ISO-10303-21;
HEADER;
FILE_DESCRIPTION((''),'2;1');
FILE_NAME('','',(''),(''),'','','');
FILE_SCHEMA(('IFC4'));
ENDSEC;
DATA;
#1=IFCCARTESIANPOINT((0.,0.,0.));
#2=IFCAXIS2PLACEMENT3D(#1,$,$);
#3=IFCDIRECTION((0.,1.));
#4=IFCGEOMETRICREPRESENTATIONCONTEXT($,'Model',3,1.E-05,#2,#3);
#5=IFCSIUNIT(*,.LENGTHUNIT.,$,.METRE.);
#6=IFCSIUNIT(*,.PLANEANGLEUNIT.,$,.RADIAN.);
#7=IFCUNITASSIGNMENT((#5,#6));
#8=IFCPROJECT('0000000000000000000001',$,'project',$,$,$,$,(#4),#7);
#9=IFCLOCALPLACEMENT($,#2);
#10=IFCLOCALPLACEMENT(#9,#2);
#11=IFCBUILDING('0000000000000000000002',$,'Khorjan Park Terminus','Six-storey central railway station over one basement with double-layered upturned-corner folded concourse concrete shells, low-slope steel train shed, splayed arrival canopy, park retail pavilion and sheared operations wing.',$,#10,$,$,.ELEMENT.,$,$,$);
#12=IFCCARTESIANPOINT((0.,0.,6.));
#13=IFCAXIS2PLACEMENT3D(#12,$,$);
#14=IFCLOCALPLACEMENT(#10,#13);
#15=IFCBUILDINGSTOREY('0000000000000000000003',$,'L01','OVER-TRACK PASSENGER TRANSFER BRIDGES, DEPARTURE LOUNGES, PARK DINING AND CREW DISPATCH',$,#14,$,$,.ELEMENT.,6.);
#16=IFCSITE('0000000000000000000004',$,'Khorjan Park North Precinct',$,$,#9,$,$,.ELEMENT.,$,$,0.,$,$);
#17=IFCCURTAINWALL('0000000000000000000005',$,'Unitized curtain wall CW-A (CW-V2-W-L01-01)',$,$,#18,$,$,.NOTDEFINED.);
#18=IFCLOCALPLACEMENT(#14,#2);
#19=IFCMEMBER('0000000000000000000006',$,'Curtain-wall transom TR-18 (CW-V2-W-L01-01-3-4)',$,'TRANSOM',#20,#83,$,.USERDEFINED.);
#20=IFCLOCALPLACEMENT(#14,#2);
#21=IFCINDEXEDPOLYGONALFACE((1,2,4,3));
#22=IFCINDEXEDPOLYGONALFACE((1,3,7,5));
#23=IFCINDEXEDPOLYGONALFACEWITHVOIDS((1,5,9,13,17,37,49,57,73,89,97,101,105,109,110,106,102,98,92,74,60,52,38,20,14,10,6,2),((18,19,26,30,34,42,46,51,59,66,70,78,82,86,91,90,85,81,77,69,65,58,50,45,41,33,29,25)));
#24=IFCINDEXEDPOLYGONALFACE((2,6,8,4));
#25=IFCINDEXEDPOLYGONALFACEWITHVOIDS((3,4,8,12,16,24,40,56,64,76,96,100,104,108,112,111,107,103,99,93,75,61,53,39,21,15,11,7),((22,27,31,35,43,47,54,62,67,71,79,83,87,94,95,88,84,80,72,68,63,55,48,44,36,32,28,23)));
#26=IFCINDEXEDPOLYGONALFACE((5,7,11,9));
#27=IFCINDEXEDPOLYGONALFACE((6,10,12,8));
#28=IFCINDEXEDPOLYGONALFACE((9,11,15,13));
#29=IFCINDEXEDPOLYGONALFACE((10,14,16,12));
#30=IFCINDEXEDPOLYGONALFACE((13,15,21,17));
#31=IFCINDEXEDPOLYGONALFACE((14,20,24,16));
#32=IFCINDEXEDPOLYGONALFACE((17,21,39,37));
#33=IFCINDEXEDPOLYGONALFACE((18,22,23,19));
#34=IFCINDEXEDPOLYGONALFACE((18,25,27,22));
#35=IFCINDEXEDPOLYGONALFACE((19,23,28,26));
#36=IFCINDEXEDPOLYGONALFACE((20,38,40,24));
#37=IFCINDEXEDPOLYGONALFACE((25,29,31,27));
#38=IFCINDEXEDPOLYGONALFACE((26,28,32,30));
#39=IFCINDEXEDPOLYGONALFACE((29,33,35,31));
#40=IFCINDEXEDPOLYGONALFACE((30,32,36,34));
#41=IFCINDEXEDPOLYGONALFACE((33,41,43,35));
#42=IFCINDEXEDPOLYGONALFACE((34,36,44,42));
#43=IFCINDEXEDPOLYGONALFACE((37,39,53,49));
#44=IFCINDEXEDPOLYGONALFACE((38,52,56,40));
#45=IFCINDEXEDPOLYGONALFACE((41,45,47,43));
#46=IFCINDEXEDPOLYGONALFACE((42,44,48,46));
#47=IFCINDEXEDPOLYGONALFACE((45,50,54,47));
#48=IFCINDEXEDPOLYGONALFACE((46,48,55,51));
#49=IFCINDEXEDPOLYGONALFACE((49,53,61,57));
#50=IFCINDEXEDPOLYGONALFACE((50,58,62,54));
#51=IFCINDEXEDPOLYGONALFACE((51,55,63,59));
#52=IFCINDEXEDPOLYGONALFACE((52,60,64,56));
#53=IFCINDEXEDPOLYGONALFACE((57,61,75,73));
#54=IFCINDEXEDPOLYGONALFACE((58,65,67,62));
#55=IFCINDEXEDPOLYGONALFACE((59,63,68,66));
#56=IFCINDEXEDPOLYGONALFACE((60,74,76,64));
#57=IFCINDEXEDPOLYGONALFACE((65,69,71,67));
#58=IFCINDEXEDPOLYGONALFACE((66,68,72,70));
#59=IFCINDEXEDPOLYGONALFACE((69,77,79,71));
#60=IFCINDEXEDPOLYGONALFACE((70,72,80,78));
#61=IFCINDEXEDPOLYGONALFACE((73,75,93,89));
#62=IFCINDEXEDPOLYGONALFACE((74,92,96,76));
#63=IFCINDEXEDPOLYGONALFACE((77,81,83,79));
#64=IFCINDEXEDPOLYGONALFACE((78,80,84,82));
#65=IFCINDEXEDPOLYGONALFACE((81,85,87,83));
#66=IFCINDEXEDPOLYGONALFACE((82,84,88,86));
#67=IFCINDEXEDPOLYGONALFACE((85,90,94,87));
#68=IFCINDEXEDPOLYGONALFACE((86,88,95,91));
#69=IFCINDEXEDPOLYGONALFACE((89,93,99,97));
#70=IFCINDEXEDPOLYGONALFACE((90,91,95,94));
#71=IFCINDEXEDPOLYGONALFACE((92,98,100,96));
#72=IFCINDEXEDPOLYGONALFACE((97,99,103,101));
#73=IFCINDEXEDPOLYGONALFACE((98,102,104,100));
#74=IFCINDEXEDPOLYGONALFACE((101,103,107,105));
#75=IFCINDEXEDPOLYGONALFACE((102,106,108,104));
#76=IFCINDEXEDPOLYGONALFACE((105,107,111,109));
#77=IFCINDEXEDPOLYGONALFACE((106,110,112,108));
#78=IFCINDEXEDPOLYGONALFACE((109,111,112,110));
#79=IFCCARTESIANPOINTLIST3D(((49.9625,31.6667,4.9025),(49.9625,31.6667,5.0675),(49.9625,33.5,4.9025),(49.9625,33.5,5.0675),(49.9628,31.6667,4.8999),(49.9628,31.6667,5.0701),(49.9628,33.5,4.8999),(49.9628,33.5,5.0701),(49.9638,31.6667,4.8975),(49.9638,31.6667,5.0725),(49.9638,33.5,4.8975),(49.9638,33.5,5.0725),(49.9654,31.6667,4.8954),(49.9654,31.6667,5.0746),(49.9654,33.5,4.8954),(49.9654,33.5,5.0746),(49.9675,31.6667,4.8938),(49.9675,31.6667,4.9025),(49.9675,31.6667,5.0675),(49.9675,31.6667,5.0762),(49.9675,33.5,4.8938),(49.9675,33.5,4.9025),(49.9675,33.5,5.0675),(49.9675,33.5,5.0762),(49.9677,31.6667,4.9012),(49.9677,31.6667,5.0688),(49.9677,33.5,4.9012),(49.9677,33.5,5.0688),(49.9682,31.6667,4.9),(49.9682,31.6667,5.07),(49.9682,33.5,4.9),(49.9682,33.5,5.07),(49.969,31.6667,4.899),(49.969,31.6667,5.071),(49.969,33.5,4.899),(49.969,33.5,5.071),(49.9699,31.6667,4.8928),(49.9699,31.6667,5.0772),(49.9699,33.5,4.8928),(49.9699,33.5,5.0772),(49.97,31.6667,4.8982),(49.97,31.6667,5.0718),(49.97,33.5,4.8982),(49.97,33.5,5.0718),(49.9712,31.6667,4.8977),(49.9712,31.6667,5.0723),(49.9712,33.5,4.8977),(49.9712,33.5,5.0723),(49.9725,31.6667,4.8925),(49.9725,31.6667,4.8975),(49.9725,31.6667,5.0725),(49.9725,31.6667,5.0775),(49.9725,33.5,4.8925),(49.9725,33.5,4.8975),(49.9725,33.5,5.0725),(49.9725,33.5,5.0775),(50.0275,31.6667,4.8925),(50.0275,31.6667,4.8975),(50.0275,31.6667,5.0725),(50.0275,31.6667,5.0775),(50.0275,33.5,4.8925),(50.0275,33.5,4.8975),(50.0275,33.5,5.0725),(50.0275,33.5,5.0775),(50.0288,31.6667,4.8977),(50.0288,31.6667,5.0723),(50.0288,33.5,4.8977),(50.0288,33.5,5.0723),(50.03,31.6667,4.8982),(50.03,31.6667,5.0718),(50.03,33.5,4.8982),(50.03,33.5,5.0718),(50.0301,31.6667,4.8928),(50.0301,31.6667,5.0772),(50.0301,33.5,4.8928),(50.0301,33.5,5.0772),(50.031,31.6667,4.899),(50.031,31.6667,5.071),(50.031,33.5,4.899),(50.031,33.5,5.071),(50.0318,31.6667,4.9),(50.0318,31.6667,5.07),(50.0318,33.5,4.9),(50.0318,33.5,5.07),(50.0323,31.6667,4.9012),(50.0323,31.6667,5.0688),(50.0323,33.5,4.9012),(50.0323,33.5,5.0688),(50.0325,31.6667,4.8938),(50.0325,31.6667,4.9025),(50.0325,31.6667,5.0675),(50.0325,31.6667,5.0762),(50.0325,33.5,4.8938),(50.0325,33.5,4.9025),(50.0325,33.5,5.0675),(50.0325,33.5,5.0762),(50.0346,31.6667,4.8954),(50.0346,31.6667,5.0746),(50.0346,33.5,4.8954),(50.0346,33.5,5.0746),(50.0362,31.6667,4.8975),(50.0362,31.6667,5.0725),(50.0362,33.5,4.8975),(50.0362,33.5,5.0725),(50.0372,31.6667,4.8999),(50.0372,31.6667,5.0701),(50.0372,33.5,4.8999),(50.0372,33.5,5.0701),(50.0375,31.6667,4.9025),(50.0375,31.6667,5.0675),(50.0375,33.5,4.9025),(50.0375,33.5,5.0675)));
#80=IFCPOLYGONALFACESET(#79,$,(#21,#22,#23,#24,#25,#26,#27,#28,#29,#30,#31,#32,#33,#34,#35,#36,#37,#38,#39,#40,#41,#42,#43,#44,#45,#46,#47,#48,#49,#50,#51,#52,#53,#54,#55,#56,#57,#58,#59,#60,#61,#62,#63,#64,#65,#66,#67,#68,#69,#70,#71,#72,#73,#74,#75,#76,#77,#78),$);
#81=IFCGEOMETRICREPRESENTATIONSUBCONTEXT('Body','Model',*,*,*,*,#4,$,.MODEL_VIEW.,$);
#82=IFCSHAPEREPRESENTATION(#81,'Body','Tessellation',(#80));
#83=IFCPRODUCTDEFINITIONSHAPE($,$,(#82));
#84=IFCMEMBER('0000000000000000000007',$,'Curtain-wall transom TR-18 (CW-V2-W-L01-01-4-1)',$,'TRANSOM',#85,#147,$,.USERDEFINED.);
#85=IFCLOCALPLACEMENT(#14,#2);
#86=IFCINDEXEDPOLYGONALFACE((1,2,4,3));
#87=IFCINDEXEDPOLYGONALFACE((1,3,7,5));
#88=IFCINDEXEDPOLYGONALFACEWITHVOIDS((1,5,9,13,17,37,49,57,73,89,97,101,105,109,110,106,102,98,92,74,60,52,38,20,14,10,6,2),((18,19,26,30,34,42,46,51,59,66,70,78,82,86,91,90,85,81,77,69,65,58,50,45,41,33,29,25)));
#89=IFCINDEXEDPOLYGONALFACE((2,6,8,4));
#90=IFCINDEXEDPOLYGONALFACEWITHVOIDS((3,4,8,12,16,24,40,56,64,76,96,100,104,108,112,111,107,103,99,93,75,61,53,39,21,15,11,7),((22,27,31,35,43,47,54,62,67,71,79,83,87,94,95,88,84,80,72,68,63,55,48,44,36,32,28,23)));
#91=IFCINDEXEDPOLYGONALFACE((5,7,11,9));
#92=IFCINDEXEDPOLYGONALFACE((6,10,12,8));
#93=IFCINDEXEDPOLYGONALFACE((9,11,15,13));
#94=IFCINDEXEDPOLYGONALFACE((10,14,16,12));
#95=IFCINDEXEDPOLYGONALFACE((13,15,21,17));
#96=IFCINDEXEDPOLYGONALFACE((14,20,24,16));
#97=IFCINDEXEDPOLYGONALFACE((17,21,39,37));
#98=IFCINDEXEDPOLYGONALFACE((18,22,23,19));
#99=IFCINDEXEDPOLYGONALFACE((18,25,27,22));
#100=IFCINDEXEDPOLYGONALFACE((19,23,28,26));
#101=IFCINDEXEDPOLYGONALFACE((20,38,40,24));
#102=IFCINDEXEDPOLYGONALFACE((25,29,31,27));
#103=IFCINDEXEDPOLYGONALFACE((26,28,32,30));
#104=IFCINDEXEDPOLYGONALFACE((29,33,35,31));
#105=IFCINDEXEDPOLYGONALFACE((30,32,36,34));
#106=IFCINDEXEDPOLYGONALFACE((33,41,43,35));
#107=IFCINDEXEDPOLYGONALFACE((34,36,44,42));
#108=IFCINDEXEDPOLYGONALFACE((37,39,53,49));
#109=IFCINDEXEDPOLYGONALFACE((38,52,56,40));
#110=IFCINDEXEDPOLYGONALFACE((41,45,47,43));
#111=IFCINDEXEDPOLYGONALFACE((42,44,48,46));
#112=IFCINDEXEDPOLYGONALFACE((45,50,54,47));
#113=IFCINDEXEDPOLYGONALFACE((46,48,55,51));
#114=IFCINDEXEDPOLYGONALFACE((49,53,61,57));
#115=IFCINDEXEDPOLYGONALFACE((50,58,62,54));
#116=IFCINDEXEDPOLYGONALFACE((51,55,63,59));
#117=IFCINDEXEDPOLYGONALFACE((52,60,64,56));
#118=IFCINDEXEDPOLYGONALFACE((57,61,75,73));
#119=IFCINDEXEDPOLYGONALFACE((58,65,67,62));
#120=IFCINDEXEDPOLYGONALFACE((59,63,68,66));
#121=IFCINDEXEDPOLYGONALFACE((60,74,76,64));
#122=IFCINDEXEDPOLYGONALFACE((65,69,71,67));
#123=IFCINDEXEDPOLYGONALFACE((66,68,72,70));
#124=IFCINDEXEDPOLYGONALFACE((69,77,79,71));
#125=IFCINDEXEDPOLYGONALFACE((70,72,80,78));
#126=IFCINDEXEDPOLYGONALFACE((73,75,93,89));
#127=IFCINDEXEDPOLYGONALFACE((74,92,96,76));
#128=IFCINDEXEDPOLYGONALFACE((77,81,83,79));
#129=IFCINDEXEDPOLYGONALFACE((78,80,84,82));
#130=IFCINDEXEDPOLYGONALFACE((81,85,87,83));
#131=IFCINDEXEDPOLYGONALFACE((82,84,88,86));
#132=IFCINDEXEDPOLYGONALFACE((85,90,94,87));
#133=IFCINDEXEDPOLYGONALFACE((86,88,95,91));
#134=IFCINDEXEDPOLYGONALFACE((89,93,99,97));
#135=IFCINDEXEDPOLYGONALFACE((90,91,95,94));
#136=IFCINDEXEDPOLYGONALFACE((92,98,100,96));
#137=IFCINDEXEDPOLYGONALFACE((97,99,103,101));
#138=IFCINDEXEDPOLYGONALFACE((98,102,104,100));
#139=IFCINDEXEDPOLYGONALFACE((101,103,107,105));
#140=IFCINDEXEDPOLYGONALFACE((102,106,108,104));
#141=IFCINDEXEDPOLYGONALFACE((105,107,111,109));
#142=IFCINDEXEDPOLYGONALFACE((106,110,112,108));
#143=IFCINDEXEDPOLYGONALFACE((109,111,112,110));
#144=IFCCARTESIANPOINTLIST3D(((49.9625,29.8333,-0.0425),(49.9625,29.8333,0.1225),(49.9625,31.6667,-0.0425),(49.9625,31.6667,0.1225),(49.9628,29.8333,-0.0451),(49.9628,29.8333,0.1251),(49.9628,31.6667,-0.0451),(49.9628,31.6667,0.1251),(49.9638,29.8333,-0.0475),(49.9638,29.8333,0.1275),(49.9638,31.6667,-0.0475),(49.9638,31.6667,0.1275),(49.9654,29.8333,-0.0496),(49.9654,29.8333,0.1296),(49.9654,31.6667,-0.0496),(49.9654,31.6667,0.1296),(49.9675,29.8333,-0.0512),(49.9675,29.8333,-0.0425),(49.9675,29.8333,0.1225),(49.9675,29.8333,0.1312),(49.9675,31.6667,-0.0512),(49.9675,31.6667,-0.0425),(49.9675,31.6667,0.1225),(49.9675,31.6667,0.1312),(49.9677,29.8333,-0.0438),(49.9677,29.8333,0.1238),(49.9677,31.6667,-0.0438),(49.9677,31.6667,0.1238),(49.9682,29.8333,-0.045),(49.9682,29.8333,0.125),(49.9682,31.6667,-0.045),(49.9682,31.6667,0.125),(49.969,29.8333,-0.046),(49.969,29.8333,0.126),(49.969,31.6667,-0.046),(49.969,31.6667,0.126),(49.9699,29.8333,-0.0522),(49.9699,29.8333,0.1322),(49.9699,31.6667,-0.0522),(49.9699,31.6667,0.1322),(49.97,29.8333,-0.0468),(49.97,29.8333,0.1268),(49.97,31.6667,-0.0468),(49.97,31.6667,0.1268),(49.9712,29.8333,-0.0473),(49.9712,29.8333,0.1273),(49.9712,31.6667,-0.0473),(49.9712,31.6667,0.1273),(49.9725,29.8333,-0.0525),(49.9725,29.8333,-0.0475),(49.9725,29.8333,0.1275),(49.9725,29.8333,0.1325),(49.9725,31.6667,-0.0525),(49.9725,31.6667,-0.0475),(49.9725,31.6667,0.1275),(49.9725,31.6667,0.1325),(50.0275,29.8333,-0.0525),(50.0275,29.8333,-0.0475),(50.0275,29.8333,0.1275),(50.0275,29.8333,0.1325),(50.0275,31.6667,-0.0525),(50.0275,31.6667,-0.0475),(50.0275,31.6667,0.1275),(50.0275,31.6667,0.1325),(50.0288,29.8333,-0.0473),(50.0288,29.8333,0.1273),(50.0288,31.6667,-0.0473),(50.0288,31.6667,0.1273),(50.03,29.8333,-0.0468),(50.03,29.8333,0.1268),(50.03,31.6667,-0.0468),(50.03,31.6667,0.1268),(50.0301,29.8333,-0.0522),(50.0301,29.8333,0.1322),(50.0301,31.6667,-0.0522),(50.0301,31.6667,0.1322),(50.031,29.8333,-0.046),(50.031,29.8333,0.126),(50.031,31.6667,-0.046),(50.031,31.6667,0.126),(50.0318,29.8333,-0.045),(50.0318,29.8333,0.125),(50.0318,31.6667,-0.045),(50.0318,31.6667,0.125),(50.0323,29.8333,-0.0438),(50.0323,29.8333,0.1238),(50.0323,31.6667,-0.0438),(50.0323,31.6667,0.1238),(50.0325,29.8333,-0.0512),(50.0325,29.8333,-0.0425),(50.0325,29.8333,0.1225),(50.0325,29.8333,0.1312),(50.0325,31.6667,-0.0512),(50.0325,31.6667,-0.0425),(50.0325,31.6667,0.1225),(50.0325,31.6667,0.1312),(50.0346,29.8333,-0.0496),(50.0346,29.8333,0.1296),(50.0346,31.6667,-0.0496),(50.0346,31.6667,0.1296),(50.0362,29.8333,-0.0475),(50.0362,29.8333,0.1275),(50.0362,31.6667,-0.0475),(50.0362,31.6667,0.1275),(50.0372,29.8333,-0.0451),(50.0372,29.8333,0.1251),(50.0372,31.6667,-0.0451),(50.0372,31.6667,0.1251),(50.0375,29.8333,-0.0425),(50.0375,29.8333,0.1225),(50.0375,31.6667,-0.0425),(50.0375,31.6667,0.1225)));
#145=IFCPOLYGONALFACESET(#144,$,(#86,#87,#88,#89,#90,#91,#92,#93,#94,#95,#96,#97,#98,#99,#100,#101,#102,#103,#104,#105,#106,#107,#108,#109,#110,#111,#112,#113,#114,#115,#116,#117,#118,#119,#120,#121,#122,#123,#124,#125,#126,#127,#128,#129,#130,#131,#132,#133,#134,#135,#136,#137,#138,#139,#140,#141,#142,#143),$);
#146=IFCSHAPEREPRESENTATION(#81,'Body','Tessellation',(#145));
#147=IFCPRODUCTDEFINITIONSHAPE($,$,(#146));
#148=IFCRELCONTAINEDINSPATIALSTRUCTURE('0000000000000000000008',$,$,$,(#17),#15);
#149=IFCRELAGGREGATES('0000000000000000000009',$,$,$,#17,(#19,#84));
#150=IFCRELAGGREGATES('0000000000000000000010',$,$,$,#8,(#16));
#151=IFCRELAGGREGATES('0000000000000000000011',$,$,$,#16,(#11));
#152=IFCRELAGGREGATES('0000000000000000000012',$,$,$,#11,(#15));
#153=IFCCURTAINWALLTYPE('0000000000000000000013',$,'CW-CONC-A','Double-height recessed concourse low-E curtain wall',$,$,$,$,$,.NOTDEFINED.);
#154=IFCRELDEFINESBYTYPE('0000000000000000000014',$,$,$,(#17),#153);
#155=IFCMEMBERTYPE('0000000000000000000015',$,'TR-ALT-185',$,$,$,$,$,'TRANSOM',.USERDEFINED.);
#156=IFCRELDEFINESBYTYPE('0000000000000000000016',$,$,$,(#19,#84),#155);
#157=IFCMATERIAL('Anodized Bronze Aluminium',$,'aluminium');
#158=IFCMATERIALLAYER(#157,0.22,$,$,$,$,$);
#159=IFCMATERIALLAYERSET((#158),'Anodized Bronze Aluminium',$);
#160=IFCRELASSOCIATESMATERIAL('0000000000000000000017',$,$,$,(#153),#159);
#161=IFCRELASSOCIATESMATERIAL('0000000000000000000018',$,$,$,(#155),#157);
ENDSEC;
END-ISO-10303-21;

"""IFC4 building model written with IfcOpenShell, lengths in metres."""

from ifc_helpers import new_model, si_unit, direction, frame, origin, origin_2d, place, context, subcontext, project, spatial, hollow_rectangle, extrude, material, layer, layer_set, material_profile, profile_set, type_object, element, aggregate, save


model = new_model("IFC4")

# Units and contexts
model_context = context("Model", 3, precision=1e-05, world=origin(), true_north=direction((0.0, 1.0)))
body_context = subcontext(model_context, "Body", "Model", "MODEL_VIEW")
ifc_project = project(units=[si_unit("LENGTHUNIT", "METRE"), si_unit("PLANEANGLEUNIT", "RADIAN")], contexts=[model_context])

# Site, building, storey
site_placement = place(None, origin())
site = spatial("IfcSite", under=ifc_project, at=site_placement, Name="Khorjan Park North Precinct", CompositionType="ELEMENT", RefElevation=0.0)
building_placement = place(site_placement, origin())
building = spatial("IfcBuilding", under=site, at=building_placement, Name="Khorjan Park Terminus", Description="Six-storey central railway station over one basement with double-layered upturned-corner folded concourse concrete shells, low-slope steel train shed, splayed arrival canopy, park retail pavilion and sheared operations wing.", CompositionType="ELEMENT")
storey_placement = place(building_placement, frame((0.0, 0.0, 6.0)))
storey = spatial("IfcBuildingStorey", under=building, at=storey_placement, Name="L01", Description="OVER-TRACK PASSENGER TRANSFER BRIDGES, DEPARTURE LOUNGES, PARK DINING AND CREW DISPATCH", CompositionType="ELEMENT", Elevation=6.0)

# Curtain wall
ifc_material_1 = material(Name="Anodized Bronze Aluminium", Category="aluminium")
ifc_layer_1 = layer(ifc_material_1, 0.22)
ifc_layer_set_1 = layer_set([ifc_layer_1], Name="Anodized Bronze Aluminium")
curtain_wall_type = type_object("IfcCurtainWallType", Name="CW-CONC-A", Description="Double-height recessed concourse low-E curtain wall", PredefinedType="NOTDEFINED", material=ifc_layer_set_1)
curtain_wall_placement = place(storey_placement, origin())
curtain_wall = element("IfcCurtainWall", 1, at=curtain_wall_placement, inside=storey, type_object=curtain_wall_type, Name="Unitized curtain wall CW-A (CW-V2-W-L01-01)", PredefinedType="NOTDEFINED")

# Members
ifc_material_profile_1 = material_profile(ifc_material_1, hollow_rectangle(XDim=0.075, YDim=0.185, WallThickness=0.005, InnerFilletRadius=0.005, OuterFilletRadius=0.01, at=origin_2d()), Name="ALT 75x185x5")
ifc_profile_set_1 = profile_set([ifc_material_profile_1], Name="Anodized Bronze Aluminium")
member_type_1 = type_object("IfcMemberType", Name="TR-ALT-185", ElementType="TRANSOM", PredefinedType="USERDEFINED", material=ifc_profile_set_1)
member_1_placement = place(storey_placement, frame((50.0, 33.5, 4.985), z_axis=(0.0, -1.0, 0.0), x_axis=(1.0, 0.0, 0.0)))
member_1 = element("IfcMember", 2, at=member_1_placement, type_object=member_type_1, Name="Curtain-wall transom TR-18 (CW-V2-W-L01-01-3-4)", ObjectType="TRANSOM", PredefinedType="USERDEFINED", context=body_context, shape_type="SweptSolid", body=[
    extrude(hollow_rectangle(XDim=0.075, YDim=0.185, WallThickness=0.005, InnerFilletRadius=0.005, OuterFilletRadius=0.01, at=origin_2d()), origin(), (0.0, 0.0, 1.0), 1.8333),
])
member_2_placement = place(storey_placement, frame((50.0, 31.6667, 0.04), z_axis=(0.0, -1.0, 0.0), x_axis=(1.0, 0.0, 0.0)))
member_2 = element("IfcMember", 3, at=member_2_placement, type_object=member_type_1, Name="Curtain-wall transom TR-18 (CW-V2-W-L01-01-4-1)", ObjectType="TRANSOM", PredefinedType="USERDEFINED", context=body_context, shape_type="SweptSolid", body=[
    extrude(hollow_rectangle(XDim=0.075, YDim=0.185, WallThickness=0.005, InnerFilletRadius=0.005, OuterFilletRadius=0.01, at=origin_2d()), origin(), (0.0, 0.0, 1.0), 1.8334),
])

aggregate(curtain_wall, [member_1, member_2])

save(model, "model.ifc")
